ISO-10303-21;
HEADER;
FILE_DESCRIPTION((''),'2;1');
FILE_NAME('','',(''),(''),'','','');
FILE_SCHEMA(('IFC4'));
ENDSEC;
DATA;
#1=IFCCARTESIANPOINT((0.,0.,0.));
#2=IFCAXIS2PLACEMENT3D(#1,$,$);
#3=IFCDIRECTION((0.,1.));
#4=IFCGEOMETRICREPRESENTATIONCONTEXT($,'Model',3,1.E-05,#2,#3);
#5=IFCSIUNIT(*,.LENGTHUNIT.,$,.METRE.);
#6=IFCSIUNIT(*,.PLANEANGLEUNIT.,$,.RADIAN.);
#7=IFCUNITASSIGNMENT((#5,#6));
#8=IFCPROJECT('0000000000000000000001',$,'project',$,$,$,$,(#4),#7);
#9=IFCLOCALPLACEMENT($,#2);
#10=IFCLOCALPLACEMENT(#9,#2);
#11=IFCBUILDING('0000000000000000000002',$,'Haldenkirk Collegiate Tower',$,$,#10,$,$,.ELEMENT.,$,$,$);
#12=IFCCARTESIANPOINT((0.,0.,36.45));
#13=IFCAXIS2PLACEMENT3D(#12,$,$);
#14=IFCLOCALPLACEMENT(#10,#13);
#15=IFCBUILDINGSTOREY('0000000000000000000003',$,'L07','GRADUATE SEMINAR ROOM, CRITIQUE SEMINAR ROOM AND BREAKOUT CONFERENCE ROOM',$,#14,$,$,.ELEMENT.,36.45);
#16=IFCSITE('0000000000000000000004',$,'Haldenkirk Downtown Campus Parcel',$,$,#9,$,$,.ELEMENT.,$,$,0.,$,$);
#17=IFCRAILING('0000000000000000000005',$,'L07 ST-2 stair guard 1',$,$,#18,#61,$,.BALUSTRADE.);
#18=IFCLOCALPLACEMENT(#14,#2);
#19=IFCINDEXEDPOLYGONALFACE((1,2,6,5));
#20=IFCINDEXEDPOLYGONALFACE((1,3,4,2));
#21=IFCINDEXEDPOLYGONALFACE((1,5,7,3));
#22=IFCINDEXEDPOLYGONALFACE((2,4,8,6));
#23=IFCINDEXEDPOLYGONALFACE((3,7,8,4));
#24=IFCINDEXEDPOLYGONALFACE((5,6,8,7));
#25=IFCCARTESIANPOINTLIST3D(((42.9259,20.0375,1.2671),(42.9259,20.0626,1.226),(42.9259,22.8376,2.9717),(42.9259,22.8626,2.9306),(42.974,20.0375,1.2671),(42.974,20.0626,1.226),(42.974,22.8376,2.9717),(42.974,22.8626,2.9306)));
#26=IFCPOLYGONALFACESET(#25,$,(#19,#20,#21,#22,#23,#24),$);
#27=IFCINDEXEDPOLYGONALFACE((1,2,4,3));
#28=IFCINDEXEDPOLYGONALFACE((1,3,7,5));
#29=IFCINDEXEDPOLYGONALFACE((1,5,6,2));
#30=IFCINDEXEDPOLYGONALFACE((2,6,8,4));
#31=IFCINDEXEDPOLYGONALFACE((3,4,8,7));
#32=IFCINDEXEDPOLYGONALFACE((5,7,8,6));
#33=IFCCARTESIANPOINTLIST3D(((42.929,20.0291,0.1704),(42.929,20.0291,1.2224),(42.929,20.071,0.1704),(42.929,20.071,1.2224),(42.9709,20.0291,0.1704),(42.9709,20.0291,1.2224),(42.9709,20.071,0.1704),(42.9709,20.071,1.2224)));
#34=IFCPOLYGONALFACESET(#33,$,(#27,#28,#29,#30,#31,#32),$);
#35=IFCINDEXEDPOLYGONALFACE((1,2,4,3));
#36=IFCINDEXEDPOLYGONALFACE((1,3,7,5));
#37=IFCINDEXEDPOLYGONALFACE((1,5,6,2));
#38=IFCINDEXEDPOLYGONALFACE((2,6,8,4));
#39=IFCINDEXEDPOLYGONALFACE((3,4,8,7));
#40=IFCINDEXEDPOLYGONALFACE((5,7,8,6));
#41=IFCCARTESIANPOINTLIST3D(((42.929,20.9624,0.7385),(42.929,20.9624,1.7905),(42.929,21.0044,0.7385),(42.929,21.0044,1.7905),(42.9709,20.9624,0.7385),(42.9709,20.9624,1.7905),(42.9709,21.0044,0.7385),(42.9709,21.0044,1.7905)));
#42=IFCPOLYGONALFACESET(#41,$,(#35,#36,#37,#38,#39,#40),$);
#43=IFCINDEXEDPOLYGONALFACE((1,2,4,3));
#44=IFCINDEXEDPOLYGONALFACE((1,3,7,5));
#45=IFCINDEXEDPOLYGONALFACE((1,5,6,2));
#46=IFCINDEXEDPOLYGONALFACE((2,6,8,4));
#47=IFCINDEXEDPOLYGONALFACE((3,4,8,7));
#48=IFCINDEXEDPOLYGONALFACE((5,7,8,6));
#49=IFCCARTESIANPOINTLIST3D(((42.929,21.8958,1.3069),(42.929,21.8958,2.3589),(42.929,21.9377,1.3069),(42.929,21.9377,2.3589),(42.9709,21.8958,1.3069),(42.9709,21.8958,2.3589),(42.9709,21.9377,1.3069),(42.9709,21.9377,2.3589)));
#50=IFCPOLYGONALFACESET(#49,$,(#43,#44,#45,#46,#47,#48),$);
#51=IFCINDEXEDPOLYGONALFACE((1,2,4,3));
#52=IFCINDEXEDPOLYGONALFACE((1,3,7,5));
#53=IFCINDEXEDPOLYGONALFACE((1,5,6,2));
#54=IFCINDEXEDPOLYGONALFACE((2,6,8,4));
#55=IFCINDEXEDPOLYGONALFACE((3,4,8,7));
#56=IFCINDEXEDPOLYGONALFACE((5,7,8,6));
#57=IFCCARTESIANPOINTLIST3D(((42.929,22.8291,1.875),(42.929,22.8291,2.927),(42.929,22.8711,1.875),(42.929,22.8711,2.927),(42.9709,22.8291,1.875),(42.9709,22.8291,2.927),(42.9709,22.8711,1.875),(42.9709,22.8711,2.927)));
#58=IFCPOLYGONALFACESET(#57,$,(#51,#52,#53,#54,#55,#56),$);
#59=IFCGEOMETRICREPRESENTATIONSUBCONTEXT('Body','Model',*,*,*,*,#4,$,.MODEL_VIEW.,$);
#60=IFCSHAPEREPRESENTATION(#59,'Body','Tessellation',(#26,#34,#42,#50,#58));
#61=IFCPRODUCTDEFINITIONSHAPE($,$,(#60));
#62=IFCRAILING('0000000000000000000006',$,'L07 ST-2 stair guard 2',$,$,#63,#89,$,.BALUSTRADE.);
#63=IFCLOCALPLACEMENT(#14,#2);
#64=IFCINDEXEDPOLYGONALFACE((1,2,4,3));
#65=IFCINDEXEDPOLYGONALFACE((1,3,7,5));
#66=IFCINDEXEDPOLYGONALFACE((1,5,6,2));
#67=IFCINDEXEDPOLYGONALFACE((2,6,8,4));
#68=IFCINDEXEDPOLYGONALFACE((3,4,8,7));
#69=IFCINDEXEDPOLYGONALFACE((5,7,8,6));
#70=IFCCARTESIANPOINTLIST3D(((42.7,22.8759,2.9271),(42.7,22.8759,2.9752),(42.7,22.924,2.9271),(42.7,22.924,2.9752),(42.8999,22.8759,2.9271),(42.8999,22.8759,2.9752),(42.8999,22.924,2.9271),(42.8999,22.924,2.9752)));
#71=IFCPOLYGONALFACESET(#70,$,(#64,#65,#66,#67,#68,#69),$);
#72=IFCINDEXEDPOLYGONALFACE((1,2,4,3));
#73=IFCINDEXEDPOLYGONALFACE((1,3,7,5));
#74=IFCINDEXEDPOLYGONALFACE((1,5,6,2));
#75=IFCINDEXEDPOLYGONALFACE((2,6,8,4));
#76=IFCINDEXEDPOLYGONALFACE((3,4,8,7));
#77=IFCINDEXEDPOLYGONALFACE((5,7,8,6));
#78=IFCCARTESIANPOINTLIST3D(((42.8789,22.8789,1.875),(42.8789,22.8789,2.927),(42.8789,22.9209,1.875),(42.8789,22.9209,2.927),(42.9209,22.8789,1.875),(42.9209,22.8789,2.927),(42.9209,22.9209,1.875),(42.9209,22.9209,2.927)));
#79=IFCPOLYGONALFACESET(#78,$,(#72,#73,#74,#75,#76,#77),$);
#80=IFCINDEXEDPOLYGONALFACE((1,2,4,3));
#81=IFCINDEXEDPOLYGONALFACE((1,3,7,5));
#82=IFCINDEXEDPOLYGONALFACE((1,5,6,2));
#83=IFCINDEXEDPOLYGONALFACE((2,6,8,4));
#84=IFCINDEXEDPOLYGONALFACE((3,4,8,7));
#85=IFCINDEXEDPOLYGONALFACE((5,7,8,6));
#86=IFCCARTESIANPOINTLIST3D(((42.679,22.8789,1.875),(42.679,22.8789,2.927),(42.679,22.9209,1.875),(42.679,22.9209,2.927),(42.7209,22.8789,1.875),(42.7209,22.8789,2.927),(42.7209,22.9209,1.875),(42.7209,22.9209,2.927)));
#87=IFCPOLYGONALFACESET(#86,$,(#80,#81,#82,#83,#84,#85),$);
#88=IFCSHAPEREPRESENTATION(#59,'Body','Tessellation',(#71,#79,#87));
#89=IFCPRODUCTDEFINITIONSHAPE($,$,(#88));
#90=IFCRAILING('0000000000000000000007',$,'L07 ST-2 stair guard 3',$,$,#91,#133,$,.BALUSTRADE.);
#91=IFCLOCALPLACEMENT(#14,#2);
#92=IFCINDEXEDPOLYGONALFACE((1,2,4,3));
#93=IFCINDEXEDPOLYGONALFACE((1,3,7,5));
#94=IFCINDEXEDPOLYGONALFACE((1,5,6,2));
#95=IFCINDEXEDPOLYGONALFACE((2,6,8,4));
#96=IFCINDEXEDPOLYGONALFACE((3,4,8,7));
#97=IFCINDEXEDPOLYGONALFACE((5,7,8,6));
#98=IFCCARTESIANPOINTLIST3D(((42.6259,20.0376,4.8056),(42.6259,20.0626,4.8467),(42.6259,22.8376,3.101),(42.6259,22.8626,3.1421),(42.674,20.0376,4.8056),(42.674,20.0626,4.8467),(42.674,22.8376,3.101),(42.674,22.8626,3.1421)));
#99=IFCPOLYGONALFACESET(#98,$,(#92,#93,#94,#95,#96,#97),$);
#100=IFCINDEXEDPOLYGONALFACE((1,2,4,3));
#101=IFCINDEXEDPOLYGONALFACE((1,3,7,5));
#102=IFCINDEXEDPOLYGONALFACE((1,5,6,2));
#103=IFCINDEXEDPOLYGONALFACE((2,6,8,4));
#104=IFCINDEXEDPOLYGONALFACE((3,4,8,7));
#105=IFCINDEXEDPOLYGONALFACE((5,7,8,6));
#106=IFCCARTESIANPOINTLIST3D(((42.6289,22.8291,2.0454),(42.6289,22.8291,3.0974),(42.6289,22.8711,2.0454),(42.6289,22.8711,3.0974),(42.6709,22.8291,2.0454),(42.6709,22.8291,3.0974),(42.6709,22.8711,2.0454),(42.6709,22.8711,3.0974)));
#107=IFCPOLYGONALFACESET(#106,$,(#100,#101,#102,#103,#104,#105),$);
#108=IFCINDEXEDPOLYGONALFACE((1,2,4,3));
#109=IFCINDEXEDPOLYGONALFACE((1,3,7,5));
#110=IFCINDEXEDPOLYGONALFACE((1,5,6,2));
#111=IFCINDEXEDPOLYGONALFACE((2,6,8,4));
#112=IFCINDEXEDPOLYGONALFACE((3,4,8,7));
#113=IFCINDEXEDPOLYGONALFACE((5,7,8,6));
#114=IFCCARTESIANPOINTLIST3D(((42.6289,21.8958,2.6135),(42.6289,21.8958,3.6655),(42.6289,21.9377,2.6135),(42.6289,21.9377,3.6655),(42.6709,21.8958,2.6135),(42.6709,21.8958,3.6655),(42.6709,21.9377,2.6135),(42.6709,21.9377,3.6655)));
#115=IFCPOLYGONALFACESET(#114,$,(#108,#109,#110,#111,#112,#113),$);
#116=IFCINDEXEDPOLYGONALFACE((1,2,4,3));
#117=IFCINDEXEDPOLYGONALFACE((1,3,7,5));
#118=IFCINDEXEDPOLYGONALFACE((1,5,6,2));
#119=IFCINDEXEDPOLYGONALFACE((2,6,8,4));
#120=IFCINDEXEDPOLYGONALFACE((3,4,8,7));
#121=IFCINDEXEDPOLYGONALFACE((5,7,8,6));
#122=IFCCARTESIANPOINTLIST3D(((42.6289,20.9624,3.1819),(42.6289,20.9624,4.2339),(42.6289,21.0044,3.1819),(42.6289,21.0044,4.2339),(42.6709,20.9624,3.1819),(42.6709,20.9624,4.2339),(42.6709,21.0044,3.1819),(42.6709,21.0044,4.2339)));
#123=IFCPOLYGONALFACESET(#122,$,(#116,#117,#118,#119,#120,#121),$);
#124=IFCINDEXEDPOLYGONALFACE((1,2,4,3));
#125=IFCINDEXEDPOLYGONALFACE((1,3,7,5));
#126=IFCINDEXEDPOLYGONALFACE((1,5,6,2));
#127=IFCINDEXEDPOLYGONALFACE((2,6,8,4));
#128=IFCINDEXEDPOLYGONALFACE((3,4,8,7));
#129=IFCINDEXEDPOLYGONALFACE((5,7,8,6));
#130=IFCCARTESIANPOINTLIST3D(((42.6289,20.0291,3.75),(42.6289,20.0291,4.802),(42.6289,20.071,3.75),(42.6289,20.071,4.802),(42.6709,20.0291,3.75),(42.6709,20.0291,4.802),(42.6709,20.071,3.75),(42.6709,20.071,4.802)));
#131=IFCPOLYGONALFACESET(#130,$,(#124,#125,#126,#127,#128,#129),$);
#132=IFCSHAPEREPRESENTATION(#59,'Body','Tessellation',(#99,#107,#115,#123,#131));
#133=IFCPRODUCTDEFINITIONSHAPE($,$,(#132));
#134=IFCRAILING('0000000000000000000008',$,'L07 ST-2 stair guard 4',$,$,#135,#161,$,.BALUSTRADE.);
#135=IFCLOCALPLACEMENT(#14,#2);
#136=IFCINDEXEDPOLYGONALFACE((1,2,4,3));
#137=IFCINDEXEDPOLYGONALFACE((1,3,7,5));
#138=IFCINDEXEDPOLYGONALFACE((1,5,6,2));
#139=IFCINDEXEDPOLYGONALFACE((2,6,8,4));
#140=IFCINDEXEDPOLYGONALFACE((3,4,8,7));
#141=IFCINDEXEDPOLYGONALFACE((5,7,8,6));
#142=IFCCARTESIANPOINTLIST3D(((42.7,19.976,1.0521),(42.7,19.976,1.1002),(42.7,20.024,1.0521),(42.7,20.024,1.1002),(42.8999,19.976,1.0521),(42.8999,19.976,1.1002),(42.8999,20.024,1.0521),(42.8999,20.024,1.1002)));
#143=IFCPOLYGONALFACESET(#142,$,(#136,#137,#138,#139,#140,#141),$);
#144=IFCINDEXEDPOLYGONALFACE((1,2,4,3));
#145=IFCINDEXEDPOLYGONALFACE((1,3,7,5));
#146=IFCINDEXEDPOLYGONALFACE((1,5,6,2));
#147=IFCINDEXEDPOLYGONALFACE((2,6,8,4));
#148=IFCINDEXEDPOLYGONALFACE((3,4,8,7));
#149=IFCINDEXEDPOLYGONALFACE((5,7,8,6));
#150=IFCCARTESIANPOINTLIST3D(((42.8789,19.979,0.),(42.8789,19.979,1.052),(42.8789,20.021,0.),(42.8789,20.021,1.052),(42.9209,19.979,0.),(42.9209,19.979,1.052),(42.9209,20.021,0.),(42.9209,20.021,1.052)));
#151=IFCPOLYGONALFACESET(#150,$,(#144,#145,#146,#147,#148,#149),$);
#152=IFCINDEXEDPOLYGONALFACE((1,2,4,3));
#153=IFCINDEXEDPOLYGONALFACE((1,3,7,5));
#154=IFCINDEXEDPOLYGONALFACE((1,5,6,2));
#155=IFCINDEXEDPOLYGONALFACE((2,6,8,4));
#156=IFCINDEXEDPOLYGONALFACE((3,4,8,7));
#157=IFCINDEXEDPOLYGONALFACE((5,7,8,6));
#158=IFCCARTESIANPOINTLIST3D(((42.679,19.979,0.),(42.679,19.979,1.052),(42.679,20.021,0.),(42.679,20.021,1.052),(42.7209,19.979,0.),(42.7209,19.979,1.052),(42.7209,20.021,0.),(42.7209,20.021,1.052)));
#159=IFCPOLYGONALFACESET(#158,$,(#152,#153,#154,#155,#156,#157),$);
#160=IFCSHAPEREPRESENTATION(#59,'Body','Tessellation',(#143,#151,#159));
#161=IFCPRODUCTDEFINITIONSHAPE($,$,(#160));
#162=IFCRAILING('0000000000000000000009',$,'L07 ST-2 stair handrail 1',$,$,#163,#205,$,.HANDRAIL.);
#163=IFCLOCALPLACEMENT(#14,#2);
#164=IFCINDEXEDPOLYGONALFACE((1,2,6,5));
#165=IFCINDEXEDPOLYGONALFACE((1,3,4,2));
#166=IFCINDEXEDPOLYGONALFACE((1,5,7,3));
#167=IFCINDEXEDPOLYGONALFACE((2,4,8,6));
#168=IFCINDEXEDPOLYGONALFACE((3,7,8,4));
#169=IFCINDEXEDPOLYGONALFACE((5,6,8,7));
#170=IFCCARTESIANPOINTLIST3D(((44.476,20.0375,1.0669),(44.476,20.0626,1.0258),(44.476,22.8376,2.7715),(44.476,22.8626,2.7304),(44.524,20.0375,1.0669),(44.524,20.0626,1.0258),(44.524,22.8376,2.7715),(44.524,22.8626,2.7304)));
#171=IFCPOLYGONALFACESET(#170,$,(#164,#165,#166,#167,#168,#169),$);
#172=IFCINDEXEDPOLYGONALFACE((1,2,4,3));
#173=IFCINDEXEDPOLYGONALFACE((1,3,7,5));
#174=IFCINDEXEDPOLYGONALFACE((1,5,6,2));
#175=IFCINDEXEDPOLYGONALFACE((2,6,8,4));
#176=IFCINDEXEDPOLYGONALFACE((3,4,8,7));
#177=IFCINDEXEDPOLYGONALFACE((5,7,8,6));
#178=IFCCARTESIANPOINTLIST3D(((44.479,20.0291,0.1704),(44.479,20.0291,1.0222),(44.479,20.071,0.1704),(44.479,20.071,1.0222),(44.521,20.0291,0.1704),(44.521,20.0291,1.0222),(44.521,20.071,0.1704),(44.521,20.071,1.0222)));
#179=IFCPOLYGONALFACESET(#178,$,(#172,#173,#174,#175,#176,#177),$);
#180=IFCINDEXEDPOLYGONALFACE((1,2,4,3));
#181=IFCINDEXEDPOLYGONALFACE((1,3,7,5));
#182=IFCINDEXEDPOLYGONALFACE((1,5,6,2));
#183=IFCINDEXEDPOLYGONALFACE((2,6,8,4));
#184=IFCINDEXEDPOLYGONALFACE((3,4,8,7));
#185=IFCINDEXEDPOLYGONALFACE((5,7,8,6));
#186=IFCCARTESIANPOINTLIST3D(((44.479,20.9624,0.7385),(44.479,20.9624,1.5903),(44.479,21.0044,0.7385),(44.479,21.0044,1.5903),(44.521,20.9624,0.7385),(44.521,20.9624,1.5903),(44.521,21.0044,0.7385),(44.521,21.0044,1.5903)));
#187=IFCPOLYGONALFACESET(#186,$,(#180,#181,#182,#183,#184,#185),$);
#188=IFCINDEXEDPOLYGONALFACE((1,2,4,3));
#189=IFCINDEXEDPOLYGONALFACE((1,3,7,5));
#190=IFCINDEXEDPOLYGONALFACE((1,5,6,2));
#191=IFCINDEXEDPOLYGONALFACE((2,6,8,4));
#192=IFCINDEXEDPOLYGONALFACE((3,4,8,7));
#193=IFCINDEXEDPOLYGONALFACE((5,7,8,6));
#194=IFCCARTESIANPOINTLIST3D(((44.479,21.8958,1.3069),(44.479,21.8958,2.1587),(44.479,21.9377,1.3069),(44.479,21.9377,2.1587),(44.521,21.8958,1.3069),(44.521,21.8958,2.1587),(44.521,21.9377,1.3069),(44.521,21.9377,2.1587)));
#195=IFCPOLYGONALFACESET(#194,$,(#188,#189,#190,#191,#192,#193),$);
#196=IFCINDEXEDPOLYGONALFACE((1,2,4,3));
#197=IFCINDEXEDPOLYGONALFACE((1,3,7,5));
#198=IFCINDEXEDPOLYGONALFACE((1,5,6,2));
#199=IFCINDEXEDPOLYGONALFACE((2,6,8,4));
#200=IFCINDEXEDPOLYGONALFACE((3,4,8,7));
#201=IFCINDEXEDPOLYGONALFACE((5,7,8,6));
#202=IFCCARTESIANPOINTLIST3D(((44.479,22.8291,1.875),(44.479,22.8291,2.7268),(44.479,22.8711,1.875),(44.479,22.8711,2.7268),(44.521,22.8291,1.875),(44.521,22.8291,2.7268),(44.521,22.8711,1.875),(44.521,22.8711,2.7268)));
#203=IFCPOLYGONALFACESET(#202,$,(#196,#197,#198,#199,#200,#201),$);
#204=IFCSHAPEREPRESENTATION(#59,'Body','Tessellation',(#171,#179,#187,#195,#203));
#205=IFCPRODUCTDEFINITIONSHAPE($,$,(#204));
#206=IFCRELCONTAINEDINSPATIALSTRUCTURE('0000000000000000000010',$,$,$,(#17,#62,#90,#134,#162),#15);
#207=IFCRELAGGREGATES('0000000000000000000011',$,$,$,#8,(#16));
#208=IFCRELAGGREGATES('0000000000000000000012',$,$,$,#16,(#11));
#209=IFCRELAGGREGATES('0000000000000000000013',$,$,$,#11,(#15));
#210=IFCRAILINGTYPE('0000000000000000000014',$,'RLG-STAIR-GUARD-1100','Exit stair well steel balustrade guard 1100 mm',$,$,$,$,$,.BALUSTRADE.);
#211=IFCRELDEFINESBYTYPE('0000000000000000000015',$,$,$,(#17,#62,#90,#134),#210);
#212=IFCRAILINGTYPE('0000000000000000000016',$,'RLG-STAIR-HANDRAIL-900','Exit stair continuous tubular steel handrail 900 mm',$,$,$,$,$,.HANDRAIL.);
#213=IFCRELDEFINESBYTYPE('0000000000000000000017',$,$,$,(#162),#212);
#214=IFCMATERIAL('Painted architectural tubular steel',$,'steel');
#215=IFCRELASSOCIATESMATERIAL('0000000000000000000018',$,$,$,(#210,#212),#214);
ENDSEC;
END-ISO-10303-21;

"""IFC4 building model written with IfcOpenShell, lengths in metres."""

from ifc_helpers import new_model, si_unit, direction, frame, origin, origin_2d, place, context, subcontext, project, spatial, rectangle, extrude, material, type_object, element, save


model = new_model("IFC4")

# Units and contexts
model_context = context("Model", 3, precision=1e-05, world=origin(), true_north=direction((0.0, 1.0)))
body_context = subcontext(model_context, "Body", "Model", "MODEL_VIEW")
ifc_project = project(units=[si_unit("LENGTHUNIT", "METRE"), si_unit("PLANEANGLEUNIT", "RADIAN")], contexts=[model_context])

# Site, building, storey
site_placement = place(None, origin())
site = spatial("IfcSite", under=ifc_project, at=site_placement, Name="Haldenkirk Downtown Campus Parcel", CompositionType="ELEMENT", RefElevation=0.0)
building_placement = place(site_placement, origin())
building = spatial("IfcBuilding", under=site, at=building_placement, Name="Haldenkirk Collegiate Tower", CompositionType="ELEMENT")
storey_placement = place(building_placement, frame((0.0, 0.0, 36.45)))
storey = spatial("IfcBuildingStorey", under=building, at=storey_placement, Name="L07", Description="GRADUATE SEMINAR ROOM, CRITIQUE SEMINAR ROOM AND BREAKOUT CONFERENCE ROOM", CompositionType="ELEMENT", Elevation=36.45)

# Railings
ifc_material_1 = material(Name="Painted architectural tubular steel", Category="steel")
railing_type_1 = type_object("IfcRailingType", Name="RLG-STAIR-GUARD-1100", Description="Exit stair well steel balustrade guard 1100 mm", PredefinedType="BALUSTRADE", material=ifc_material_1)
railing_1_placement = place(storey_placement, frame((42.95, 20.05, 0.1704)))
element("IfcRailing", 1, at=railing_1_placement, inside=storey, type_object=railing_type_1, Name="L07 ST-2 stair guard 1", PredefinedType="BALUSTRADE", context=body_context, shape_type="SweptSolid", body=[
    extrude(rectangle(XDim=0.0481, YDim=0.0481, at=origin_2d()), frame((0.0, 0.0, 1.0762), z_axis=(0.0, 0.85417, 0.519994), x_axis=(-1.0, 0.0, 0.0)), (0.0, 0.0, 1.0), 3.2781),
    extrude(rectangle(XDim=0.042, YDim=0.042, at=origin_2d()), origin(), (0.0, 0.0, 1.0), 1.052),
    extrude(rectangle(XDim=0.042, YDim=0.042, at=origin_2d()), frame((0.0, 0.9333, 0.5681)), (0.0, 0.0, 1.0), 1.052),
    extrude(rectangle(XDim=0.042, YDim=0.042, at=origin_2d()), frame((0.0, 1.8667, 1.1365)), (0.0, 0.0, 1.0), 1.052),
    extrude(rectangle(XDim=0.042, YDim=0.042, at=origin_2d()), frame((0.0, 2.8, 1.7046)), (0.0, 0.0, 1.0), 1.052),
])
railing_2_placement = place(storey_placement, frame((42.8999, 22.8999, 1.875)))
element("IfcRailing", 2, at=railing_2_placement, inside=storey, type_object=railing_type_1, Name="L07 ST-2 stair guard 2", PredefinedType="BALUSTRADE", context=body_context, shape_type="SweptSolid", body=[
    extrude(rectangle(XDim=0.0481, YDim=0.0481, at=origin_2d()), frame((0.0, 0.0, 1.0762), z_axis=(-1.0, 0.0, 0.0), x_axis=(0.0, -1.0, 0.0)), (0.0, 0.0, 1.0), 0.2),
    extrude(rectangle(XDim=0.042, YDim=0.042, at=origin_2d()), origin(), (0.0, 0.0, 1.0), 1.052),
    extrude(rectangle(XDim=0.042, YDim=0.042, at=origin_2d()), frame((-0.2, 0.0, 0.0)), (0.0, 0.0, 1.0), 1.052),
])
railing_3_placement = place(storey_placement, frame((42.6499, 22.8501, 2.0454)))
element("IfcRailing", 3, at=railing_3_placement, inside=storey, type_object=railing_type_1, Name="L07 ST-2 stair guard 3", PredefinedType="BALUSTRADE", context=body_context, shape_type="SweptSolid", body=[
    extrude(rectangle(XDim=0.0481, YDim=0.0481, at=origin_2d()), frame((0.0, 0.0, 1.0762), z_axis=(0.0, -0.85417, 0.519994), x_axis=(1.0, 0.0, 0.0)), (0.0, 0.0, 1.0), 3.2781),
    extrude(rectangle(XDim=0.042, YDim=0.042, at=origin_2d()), origin(), (0.0, 0.0, 1.0), 1.052),
    extrude(rectangle(XDim=0.042, YDim=0.042, at=origin_2d()), frame((0.0, -0.9333, 0.5681)), (0.0, 0.0, 1.0), 1.052),
    extrude(rectangle(XDim=0.042, YDim=0.042, at=origin_2d()), frame((0.0, -1.8667, 1.1365)), (0.0, 0.0, 1.0), 1.052),
    extrude(rectangle(XDim=0.042, YDim=0.042, at=origin_2d()), frame((0.0, -2.8, 1.7046)), (0.0, 0.0, 1.0), 1.052),
])
railing_4_placement = place(storey_placement, frame((42.8999, 20.0, 0.0)))
element("IfcRailing", 4, at=railing_4_placement, inside=storey, type_object=railing_type_1, Name="L07 ST-2 stair guard 4", PredefinedType="BALUSTRADE", context=body_context, shape_type="SweptSolid", body=[
    extrude(rectangle(XDim=0.0481, YDim=0.0481, at=origin_2d()), frame((0.0, 0.0, 1.0762), z_axis=(-1.0, 0.0, 0.0), x_axis=(0.0, -1.0, 0.0)), (0.0, 0.0, 1.0), 0.2),
    extrude(rectangle(XDim=0.042, YDim=0.042, at=origin_2d()), origin(), (0.0, 0.0, 1.0), 1.052),
    extrude(rectangle(XDim=0.042, YDim=0.042, at=origin_2d()), frame((-0.2, 0.0, 0.0)), (0.0, 0.0, 1.0), 1.052),
])
railing_type_2 = type_object("IfcRailingType", Name="RLG-STAIR-HANDRAIL-900", Description="Exit stair continuous tubular steel handrail 900 mm", PredefinedType="HANDRAIL", material=ifc_material_1)
railing_5_placement = place(storey_placement, frame((44.5, 20.05, 0.1704)))
element("IfcRailing", 5, at=railing_5_placement, inside=storey, type_object=railing_type_2, Name="L07 ST-2 stair handrail 1", PredefinedType="HANDRAIL", context=body_context, shape_type="SweptSolid", body=[
    extrude(rectangle(XDim=0.0481, YDim=0.0481, at=origin_2d()), frame((0.0, 0.0, 0.876), z_axis=(0.0, 0.85417, 0.519994), x_axis=(-1.0, 0.0, 0.0)), (0.0, 0.0, 1.0), 3.2781),
    extrude(rectangle(XDim=0.042, YDim=0.042, at=origin_2d()), origin(), (0.0, 0.0, 1.0), 0.8518),
    extrude(rectangle(XDim=0.042, YDim=0.042, at=origin_2d()), frame((0.0, 0.9333, 0.5681)), (0.0, 0.0, 1.0), 0.8518),
    extrude(rectangle(XDim=0.042, YDim=0.042, at=origin_2d()), frame((0.0, 1.8667, 1.1365)), (0.0, 0.0, 1.0), 0.8518),
    extrude(rectangle(XDim=0.042, YDim=0.042, at=origin_2d()), frame((0.0, 2.8, 1.7046)), (0.0, 0.0, 1.0), 0.8518),
])

save(model, "model.ifc")
